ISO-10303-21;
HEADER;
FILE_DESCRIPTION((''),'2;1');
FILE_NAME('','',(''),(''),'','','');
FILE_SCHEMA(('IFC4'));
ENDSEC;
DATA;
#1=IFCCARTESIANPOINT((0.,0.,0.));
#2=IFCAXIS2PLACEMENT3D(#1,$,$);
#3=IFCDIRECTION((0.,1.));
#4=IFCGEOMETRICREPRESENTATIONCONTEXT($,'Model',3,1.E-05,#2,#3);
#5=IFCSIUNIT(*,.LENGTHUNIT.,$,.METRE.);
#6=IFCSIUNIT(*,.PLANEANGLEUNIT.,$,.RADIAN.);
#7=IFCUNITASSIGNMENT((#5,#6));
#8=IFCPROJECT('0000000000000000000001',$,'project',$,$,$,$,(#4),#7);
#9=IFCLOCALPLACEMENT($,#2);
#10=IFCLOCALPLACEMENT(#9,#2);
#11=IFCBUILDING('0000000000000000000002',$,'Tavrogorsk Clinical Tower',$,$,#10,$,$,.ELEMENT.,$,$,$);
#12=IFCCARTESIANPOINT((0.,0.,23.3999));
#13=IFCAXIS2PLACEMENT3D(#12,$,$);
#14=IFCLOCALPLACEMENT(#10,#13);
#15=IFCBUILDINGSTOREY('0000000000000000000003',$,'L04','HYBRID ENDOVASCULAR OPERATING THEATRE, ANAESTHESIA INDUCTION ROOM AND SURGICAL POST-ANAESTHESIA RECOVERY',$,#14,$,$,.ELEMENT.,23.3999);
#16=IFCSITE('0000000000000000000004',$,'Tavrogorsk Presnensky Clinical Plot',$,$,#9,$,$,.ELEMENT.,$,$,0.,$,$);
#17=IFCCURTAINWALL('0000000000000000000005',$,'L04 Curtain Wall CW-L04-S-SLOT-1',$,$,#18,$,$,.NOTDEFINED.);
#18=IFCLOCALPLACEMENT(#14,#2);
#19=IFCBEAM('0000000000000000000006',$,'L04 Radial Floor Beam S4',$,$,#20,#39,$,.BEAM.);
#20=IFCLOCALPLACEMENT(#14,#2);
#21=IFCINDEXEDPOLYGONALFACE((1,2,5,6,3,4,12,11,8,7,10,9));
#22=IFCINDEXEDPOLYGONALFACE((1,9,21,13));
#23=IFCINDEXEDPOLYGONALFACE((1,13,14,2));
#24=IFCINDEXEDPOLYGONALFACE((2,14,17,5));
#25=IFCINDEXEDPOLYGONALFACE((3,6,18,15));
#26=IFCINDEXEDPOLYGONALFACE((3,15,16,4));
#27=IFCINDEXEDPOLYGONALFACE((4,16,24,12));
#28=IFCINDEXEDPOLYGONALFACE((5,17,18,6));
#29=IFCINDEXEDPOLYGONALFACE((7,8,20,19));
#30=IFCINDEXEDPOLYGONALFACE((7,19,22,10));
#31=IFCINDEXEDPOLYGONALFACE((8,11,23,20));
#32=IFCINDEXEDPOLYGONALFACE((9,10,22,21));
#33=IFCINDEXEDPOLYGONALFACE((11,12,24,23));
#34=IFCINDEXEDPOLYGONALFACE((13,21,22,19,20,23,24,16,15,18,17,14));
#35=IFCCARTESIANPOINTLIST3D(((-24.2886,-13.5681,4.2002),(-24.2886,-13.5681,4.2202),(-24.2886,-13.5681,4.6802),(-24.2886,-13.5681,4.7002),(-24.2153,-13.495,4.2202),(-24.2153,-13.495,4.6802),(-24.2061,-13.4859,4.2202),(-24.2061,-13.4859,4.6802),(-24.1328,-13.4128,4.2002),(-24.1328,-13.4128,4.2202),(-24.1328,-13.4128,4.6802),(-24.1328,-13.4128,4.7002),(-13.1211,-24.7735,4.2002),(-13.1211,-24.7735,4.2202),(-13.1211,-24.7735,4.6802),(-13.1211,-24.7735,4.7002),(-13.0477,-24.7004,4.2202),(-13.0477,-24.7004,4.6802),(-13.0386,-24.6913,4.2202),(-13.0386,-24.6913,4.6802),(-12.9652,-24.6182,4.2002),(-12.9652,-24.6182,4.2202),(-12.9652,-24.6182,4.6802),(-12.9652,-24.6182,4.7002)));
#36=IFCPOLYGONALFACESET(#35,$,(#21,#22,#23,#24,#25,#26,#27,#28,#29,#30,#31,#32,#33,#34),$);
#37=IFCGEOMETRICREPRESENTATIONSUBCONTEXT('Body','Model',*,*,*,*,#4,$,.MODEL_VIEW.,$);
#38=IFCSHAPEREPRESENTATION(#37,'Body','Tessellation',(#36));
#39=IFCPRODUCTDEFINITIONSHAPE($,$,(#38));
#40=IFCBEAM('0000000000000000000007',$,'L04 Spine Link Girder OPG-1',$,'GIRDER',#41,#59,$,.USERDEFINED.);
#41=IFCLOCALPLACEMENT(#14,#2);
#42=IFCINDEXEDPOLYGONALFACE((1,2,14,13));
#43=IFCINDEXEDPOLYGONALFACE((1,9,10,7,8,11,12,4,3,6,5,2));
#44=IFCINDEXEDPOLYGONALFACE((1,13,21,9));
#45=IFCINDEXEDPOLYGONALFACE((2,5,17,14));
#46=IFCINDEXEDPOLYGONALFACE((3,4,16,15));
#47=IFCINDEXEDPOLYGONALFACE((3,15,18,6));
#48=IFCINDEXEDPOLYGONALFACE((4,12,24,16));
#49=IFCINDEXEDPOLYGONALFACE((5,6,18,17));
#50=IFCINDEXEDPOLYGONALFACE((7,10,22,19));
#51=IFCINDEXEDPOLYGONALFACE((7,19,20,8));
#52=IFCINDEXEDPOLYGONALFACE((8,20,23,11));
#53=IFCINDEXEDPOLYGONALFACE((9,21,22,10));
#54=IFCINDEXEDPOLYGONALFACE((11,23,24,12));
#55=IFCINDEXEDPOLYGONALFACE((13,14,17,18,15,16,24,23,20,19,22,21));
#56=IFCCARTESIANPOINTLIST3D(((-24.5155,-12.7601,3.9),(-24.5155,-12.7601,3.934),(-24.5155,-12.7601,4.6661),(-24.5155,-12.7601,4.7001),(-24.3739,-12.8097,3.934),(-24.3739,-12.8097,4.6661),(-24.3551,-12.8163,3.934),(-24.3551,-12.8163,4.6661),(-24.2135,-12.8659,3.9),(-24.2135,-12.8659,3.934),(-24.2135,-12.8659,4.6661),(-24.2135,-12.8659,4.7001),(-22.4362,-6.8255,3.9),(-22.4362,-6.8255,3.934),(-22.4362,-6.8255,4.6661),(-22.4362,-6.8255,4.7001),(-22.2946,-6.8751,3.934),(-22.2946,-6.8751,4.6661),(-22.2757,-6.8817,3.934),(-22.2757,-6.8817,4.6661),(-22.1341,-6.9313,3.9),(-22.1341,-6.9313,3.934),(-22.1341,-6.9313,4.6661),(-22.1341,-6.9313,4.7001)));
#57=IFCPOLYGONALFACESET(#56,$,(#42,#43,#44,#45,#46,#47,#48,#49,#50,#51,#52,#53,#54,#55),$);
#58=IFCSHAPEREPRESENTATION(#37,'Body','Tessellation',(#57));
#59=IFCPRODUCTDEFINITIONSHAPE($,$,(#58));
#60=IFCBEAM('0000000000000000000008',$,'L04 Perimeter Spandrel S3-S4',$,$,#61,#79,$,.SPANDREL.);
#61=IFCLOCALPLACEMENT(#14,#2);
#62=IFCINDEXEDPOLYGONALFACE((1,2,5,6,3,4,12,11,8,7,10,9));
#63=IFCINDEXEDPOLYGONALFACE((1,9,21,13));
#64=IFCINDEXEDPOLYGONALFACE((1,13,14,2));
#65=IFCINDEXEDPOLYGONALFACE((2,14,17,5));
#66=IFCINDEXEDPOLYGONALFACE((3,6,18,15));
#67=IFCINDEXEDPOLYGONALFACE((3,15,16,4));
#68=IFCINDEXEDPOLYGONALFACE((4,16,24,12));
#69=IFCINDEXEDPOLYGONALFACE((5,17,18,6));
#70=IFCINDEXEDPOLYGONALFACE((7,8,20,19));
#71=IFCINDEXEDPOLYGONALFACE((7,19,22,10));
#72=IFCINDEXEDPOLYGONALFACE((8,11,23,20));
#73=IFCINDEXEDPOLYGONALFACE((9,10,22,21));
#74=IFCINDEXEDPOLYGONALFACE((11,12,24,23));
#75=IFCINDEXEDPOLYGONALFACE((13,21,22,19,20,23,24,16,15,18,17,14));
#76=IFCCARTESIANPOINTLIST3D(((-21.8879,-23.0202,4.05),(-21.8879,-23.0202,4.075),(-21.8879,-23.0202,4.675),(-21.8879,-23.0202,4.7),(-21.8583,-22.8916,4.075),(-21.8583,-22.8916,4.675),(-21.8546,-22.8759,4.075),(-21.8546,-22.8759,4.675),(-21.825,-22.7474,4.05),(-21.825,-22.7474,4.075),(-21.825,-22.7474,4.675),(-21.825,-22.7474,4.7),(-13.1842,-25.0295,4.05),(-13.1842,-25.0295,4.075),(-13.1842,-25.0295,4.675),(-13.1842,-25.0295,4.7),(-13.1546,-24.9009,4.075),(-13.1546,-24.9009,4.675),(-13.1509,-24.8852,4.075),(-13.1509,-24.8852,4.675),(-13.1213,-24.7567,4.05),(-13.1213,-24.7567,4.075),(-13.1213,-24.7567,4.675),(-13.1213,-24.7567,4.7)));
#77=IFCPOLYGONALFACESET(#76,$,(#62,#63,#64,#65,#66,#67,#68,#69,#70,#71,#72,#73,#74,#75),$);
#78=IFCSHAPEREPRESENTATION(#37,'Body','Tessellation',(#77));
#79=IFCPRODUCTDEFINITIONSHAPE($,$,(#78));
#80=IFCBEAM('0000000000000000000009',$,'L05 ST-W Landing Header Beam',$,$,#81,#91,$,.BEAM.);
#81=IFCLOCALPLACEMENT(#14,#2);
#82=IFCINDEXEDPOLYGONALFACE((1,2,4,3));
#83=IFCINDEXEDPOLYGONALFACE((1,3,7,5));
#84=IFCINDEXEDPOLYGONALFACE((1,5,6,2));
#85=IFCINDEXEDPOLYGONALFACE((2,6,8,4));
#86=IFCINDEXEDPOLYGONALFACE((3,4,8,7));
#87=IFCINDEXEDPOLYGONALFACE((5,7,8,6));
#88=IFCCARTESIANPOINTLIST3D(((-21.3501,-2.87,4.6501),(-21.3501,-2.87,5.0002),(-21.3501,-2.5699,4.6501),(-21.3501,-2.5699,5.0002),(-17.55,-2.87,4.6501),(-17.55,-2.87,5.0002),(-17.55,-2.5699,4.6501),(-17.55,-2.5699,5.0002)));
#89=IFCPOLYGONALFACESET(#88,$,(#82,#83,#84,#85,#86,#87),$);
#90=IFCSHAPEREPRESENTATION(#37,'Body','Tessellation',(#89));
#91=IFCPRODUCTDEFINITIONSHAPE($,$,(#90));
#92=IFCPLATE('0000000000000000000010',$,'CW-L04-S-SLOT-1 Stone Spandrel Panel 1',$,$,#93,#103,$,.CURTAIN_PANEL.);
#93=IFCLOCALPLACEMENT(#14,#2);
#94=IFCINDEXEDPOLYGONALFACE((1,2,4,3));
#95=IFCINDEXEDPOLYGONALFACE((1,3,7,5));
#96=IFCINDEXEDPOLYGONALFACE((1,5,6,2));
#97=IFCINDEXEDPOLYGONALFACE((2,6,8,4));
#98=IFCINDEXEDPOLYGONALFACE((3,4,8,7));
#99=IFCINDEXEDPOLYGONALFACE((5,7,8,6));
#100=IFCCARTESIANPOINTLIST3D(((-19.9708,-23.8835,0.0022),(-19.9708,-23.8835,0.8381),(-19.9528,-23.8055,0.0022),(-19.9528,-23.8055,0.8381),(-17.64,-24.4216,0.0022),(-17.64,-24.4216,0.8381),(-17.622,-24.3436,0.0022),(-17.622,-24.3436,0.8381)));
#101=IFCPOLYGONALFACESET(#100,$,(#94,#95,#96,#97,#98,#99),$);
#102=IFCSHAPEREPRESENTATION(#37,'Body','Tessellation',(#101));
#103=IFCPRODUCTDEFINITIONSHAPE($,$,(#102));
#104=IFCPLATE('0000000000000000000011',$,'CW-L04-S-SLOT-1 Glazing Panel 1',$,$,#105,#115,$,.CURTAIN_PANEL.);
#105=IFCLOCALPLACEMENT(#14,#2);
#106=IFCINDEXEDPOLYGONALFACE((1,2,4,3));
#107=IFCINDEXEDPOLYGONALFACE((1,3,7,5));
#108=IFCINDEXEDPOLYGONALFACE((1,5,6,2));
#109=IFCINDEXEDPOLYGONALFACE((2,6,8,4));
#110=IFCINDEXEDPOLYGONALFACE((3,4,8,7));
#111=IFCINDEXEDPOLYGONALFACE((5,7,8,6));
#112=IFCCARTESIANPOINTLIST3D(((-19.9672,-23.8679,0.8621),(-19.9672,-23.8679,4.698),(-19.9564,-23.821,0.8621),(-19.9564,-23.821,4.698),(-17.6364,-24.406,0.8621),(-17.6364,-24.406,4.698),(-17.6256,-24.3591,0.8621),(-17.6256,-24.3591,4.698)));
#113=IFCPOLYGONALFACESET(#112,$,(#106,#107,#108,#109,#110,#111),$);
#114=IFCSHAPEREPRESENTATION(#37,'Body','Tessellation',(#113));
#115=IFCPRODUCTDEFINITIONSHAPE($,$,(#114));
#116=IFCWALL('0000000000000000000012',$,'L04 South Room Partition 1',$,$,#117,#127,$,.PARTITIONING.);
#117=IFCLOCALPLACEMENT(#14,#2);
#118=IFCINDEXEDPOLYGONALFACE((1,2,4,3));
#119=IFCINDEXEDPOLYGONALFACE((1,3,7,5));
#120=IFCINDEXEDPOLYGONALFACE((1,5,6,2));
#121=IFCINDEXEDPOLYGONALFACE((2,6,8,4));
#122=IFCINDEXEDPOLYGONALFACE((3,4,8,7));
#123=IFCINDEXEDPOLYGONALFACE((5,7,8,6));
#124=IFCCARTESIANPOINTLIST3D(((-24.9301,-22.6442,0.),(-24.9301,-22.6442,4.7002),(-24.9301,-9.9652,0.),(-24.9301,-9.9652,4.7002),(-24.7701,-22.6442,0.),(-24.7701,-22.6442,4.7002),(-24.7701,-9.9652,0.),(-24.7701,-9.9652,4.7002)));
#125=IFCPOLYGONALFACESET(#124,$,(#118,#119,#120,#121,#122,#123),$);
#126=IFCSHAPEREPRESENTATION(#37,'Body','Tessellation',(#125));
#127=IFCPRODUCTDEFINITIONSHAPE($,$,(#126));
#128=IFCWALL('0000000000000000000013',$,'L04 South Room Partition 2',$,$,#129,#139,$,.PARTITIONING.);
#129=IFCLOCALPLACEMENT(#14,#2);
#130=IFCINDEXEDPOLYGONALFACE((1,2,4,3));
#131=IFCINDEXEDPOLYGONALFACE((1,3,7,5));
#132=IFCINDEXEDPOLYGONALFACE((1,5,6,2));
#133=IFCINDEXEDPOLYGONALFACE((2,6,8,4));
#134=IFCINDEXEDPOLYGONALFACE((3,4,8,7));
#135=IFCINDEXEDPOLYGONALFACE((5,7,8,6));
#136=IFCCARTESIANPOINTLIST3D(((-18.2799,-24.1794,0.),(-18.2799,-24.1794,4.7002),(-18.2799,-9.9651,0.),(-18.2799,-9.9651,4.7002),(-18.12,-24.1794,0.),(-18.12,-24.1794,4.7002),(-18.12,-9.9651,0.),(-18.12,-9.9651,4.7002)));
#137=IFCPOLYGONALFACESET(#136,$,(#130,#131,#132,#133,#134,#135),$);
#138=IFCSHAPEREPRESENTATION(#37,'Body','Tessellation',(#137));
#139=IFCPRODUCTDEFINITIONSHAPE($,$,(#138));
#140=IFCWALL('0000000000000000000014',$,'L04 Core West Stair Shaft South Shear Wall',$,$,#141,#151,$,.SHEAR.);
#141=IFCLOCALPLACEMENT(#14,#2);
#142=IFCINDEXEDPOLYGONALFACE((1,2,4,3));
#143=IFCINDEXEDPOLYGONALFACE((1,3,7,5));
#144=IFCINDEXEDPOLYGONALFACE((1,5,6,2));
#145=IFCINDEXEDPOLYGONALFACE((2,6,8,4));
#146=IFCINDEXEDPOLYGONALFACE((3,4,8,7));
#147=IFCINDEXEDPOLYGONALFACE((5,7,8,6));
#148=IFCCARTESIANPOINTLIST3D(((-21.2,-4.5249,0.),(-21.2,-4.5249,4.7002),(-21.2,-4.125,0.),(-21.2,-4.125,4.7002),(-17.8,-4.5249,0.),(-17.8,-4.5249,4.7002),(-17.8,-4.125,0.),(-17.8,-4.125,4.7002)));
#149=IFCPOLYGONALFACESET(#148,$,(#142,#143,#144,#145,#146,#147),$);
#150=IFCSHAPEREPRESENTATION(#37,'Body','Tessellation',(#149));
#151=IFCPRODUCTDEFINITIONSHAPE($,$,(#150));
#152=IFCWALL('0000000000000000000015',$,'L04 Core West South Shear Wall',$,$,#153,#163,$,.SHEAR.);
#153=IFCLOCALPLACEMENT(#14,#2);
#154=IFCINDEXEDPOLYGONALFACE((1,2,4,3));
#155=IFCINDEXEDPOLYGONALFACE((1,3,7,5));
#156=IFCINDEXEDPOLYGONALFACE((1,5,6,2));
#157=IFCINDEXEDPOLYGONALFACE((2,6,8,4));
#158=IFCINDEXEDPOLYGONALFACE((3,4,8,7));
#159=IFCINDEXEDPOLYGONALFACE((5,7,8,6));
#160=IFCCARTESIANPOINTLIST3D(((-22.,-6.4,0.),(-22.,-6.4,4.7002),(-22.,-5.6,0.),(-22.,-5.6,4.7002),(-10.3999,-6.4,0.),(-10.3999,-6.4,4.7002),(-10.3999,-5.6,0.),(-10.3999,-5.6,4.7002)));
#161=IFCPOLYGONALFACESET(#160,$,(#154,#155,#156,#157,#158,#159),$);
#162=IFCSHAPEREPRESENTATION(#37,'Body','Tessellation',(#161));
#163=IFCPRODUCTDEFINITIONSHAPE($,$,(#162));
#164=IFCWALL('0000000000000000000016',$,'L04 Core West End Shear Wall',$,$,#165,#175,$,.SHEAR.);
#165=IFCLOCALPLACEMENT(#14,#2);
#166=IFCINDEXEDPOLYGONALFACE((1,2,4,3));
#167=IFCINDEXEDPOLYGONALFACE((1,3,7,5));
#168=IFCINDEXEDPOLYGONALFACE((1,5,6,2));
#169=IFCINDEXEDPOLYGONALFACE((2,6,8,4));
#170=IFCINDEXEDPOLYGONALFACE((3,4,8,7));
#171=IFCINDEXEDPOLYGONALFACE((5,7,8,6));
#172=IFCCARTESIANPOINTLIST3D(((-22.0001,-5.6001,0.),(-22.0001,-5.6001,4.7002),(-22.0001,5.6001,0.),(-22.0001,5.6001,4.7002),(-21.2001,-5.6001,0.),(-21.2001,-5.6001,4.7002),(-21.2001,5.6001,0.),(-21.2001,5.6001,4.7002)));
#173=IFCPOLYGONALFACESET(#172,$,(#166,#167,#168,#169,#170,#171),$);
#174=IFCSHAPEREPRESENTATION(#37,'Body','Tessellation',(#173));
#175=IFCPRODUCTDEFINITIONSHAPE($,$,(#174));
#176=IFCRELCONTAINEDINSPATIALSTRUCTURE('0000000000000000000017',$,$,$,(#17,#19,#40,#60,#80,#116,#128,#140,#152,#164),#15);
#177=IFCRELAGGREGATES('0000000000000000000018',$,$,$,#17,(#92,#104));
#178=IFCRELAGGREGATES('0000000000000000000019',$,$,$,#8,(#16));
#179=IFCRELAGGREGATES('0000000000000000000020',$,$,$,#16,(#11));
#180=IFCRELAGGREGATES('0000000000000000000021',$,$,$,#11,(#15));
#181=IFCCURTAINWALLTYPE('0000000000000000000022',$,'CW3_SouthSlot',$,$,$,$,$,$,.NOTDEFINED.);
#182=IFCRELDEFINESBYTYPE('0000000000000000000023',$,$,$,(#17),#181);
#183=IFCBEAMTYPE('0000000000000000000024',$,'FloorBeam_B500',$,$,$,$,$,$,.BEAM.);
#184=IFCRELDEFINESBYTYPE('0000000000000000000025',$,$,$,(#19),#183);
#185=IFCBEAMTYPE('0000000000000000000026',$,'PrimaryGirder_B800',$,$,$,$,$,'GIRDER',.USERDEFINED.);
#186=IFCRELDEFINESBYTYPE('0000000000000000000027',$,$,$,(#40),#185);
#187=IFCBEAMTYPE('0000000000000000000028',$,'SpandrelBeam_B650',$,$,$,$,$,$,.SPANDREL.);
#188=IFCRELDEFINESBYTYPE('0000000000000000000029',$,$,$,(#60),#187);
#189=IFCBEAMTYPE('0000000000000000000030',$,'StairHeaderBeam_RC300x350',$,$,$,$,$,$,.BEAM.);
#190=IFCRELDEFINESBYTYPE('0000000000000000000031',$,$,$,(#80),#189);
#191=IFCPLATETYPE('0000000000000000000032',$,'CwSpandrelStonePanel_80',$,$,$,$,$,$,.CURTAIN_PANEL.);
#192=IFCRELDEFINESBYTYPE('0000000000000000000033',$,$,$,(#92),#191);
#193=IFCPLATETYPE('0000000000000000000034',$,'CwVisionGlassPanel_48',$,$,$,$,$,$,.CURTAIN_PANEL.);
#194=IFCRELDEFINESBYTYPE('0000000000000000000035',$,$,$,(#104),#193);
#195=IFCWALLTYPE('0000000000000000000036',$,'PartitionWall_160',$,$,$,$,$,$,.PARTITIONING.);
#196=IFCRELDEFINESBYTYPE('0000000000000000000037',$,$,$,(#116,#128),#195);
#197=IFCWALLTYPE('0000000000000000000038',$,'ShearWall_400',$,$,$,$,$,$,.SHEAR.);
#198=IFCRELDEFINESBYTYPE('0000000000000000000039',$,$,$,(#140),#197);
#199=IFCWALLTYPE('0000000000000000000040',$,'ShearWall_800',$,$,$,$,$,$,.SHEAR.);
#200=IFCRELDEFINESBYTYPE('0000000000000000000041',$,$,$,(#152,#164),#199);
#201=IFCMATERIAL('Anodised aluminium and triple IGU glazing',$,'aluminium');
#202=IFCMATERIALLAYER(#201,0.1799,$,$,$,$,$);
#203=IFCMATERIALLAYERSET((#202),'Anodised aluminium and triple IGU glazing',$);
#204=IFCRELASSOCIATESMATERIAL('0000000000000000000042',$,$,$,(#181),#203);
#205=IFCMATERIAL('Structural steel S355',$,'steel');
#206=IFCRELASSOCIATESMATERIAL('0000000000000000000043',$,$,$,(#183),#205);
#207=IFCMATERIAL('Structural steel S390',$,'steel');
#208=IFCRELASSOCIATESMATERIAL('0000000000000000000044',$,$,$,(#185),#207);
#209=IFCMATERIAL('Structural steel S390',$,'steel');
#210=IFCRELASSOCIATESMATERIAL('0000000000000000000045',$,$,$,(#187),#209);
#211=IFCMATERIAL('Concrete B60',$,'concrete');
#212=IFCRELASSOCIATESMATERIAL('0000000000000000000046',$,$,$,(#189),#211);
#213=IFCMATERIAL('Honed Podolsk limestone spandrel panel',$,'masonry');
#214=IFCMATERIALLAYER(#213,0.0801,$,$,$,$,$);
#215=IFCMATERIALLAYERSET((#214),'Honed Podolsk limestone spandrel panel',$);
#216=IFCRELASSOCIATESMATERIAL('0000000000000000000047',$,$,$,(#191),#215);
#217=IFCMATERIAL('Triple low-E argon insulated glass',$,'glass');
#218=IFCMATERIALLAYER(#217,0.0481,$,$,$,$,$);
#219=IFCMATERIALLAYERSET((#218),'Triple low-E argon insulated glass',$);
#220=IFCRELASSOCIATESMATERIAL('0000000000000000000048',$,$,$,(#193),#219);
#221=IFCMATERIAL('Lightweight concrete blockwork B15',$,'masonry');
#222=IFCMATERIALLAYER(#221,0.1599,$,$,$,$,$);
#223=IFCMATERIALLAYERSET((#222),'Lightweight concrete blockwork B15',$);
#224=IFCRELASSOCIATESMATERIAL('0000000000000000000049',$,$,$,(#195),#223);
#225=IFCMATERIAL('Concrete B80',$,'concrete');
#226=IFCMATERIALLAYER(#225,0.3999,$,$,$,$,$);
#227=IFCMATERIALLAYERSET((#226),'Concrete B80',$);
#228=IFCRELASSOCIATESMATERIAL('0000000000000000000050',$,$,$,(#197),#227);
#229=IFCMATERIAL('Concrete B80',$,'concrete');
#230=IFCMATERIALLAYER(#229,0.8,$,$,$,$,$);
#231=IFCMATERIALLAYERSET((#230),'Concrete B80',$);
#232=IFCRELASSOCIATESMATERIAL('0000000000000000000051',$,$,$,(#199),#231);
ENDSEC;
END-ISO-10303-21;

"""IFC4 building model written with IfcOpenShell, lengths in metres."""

from ifc_helpers import new_model, si_unit, direction, frame, frame_2d, origin, origin_2d, place, context, subcontext, project, spatial, rectangle, i_section, extrude, material, layer, layer_set, material_profile, profile_set, type_object, element, aggregate, save


model = new_model("IFC4")

# Units and contexts
model_context = context("Model", 3, precision=1e-05, world=origin(), true_north=direction((0.0, 1.0)))
body_context = subcontext(model_context, "Body", "Model", "MODEL_VIEW")
ifc_project = project(units=[si_unit("LENGTHUNIT", "METRE"), si_unit("PLANEANGLEUNIT", "RADIAN")], contexts=[model_context])

# Site, building, storey
site_placement = place(None, origin())
site = spatial("IfcSite", under=ifc_project, at=site_placement, Name="Tavrogorsk Presnensky Clinical Plot", CompositionType="ELEMENT", RefElevation=0.0)
building_placement = place(site_placement, origin())
building = spatial("IfcBuilding", under=site, at=building_placement, Name="Tavrogorsk Clinical Tower", CompositionType="ELEMENT")
storey_placement = place(building_placement, frame((0.0, 0.0, 23.3999)))
storey = spatial("IfcBuildingStorey", under=building, at=storey_placement, Name="L04", Description="HYBRID ENDOVASCULAR OPERATING THEATRE, ANAESTHESIA INDUCTION ROOM AND SURGICAL POST-ANAESTHESIA RECOVERY", CompositionType="ELEMENT", Elevation=23.3999)

# Curtain wall
ifc_material_1 = material(Name="Anodised aluminium and triple IGU glazing", Category="aluminium")
ifc_layer_1 = layer(ifc_material_1, 0.1799)
ifc_layer_set_1 = layer_set([ifc_layer_1], Name="Anodised aluminium and triple IGU glazing")
curtain_wall_type = type_object("IfcCurtainWallType", Name="CW3_SouthSlot", PredefinedType="NOTDEFINED", material=ifc_layer_set_1)
curtain_wall_placement = place(storey_placement, origin())
curtain_wall = element("IfcCurtainWall", 1, at=curtain_wall_placement, inside=storey, type_object=curtain_wall_type, Name="L04 Curtain Wall CW-L04-S-SLOT-1", PredefinedType="NOTDEFINED")

# Beams
ifc_material_2 = material(Name="Structural steel S355", Category="steel")
ifc_material_profile_1 = material_profile(ifc_material_2, i_section(OverallWidth=0.22, OverallDepth=0.5, WebThickness=0.0129, FlangeThickness=0.02, at=origin_2d()), Name="B-500x220x13x20")
ifc_profile_set_1 = profile_set([ifc_material_profile_1], Name="Structural steel S355")
beam_type_1 = type_object("IfcBeamType", Name="FloorBeam_B500", PredefinedType="BEAM", material=ifc_profile_set_1)
beam_1_placement = place(storey_placement, frame((-24.2107, -13.4905, 4.4502), z_axis=(0.70591, -0.708302, 0.0), x_axis=(0.708302, 0.70591, 0.0)))
element("IfcBeam", 2, at=beam_1_placement, inside=storey, type_object=beam_type_1, Name="L04 Radial Floor Beam S4", PredefinedType="BEAM", context=body_context, shape_type="SweptSolid", body=[
    extrude(i_section(OverallWidth=0.22, OverallDepth=0.5, WebThickness=0.0129, FlangeThickness=0.02, at=origin_2d()), origin(), (0.0, 0.0, 1.0), 15.8201),
])
ifc_material_3 = material(Name="Structural steel S390", Category="steel")
ifc_material_profile_2 = material_profile(ifc_material_3, i_section(OverallWidth=0.3201, OverallDepth=0.8, WebThickness=0.02, FlangeThickness=0.0339, at=origin_2d()), Name="B-800x320x20x34")
ifc_profile_set_2 = profile_set([ifc_material_profile_2], Name="Structural steel S390")
beam_type_2 = type_object("IfcBeamType", Name="PrimaryGirder_B800", ElementType="GIRDER", PredefinedType="USERDEFINED", material=ifc_profile_set_2)
beam_2_placement = place(storey_placement, frame((-24.3645, -12.813, 4.3), z_axis=(0.330669, 0.943747, 0.0), x_axis=(-0.943747, 0.330669, 0.0)))
element("IfcBeam", 3, at=beam_2_placement, inside=storey, type_object=beam_type_2, Name="L04 Spine Link Girder OPG-1", ObjectType="GIRDER", PredefinedType="USERDEFINED", context=body_context, shape_type="SweptSolid", body=[
    extrude(i_section(OverallWidth=0.3201, OverallDepth=0.8, WebThickness=0.02, FlangeThickness=0.0339, at=origin_2d()), origin(), (0.0, 0.0, 1.0), 6.2883),
])
ifc_material_4 = material(Name="Structural steel S390", Category="steel")
ifc_material_profile_3 = material_profile(ifc_material_4, i_section(OverallWidth=0.28, OverallDepth=0.6499, WebThickness=0.0161, FlangeThickness=0.0249, at=origin_2d()), Name="B-650x280x16x25")
ifc_profile_set_3 = profile_set([ifc_material_profile_3], Name="Structural steel S390")
beam_type_3 = type_object("IfcBeamType", Name="SpandrelBeam_B650", PredefinedType="SPANDREL", material=ifc_profile_set_3)
beam_3_placement = place(storey_placement, frame((-21.8564, -22.8838, 4.375), z_axis=(0.974373, -0.224939, 0.0), x_axis=(0.224939, 0.974373, 0.0)))
element("IfcBeam", 4, at=beam_3_placement, inside=storey, type_object=beam_type_3, Name="L04 Perimeter Spandrel S3-S4", PredefinedType="SPANDREL", context=body_context, shape_type="SweptSolid", body=[
    extrude(i_section(OverallWidth=0.28, OverallDepth=0.6499, WebThickness=0.0161, FlangeThickness=0.0249, at=origin_2d()), origin(), (0.0, 0.0, 1.0), 8.9326),
])
ifc_material_5 = material(Name="Concrete B60", Category="concrete")
ifc_material_profile_4 = material_profile(ifc_material_5, rectangle(XDim=0.3, YDim=0.3501, at=origin_2d()), Name="RC-SHB-300x350")
ifc_profile_set_4 = profile_set([ifc_material_profile_4], Name="Concrete B60")
beam_type_4 = type_object("IfcBeamType", Name="StairHeaderBeam_RC300x350", PredefinedType="BEAM", material=ifc_profile_set_4)
beam_4_placement = place(storey_placement, frame((-21.3501, -2.72, 4.8252), z_axis=(1.0, 0.0, 0.0), x_axis=(0.0, 1.0, 0.0)))
element("IfcBeam", 5, at=beam_4_placement, inside=storey, type_object=beam_type_4, Name="L05 ST-W Landing Header Beam", PredefinedType="BEAM", context=body_context, shape_type="SweptSolid", body=[
    extrude(rectangle(XDim=0.3, YDim=0.3501, at=origin_2d()), origin(), (0.0, 0.0, 1.0), 3.8),
])

# Plates
ifc_material_6 = material(Name="Honed Podolsk limestone spandrel panel", Category="masonry")
ifc_layer_2 = layer(ifc_material_6, 0.0801)
ifc_layer_set_2 = layer_set([ifc_layer_2], Name="Honed Podolsk limestone spandrel panel")
plate_type_1 = type_object("IfcPlateType", Name="CwSpandrelStonePanel_80", PredefinedType="CURTAIN_PANEL", material=ifc_layer_set_2)
plate_1_placement = place(storey_placement, frame((-18.7964, -24.1135, 0.0022), z_axis=(0.0, 0.0, 1.0), x_axis=(0.97437, -0.224951, 0.0)))
plate_1 = element("IfcPlate", 6, at=plate_1_placement, type_object=plate_type_1, Name="CW-L04-S-SLOT-1 Stone Spandrel Panel 1", PredefinedType="CURTAIN_PANEL", context=body_context, shape_type="SweptSolid", body=[
    extrude(rectangle(XDim=2.3921, YDim=0.0801, at=origin_2d()), origin(), (0.0, 0.0, 1.0), 0.8359),
])
ifc_material_7 = material(Name="Triple low-E argon insulated glass", Category="glass")
ifc_layer_3 = layer(ifc_material_7, 0.0481)
ifc_layer_set_3 = layer_set([ifc_layer_3], Name="Triple low-E argon insulated glass")
plate_type_2 = type_object("IfcPlateType", Name="CwVisionGlassPanel_48", PredefinedType="CURTAIN_PANEL", material=ifc_layer_set_3)
plate_2_placement = place(storey_placement, frame((-18.7964, -24.1135, 0.8621), z_axis=(0.0, 0.0, 1.0), x_axis=(0.97437, -0.224951, 0.0)))
plate_2 = element("IfcPlate", 7, at=plate_2_placement, type_object=plate_type_2, Name="CW-L04-S-SLOT-1 Glazing Panel 1", PredefinedType="CURTAIN_PANEL", context=body_context, shape_type="SweptSolid", body=[
    extrude(rectangle(XDim=2.3921, YDim=0.0481, at=origin_2d()), origin(), (0.0, 0.0, 1.0), 3.8359),
])
aggregate(curtain_wall, [plate_1, plate_2])

# Walls
ifc_material_8 = material(Name="Lightweight concrete blockwork B15", Category="masonry")
ifc_layer_4 = layer(ifc_material_8, 0.1599)
ifc_layer_set_4 = layer_set([ifc_layer_4], Name="Lightweight concrete blockwork B15")
wall_type_1 = type_object("IfcWallType", Name="PartitionWall_160", PredefinedType="PARTITIONING", material=ifc_layer_set_4)
wall_1_placement = place(storey_placement, frame((-24.8501, -22.644, 0.0), z_axis=(0.0, 0.0, 1.0), x_axis=(0.0, 1.0, 0.0)))
element("IfcWall", 8, at=wall_1_placement, inside=storey, type_object=wall_type_1, Name="L04 South Room Partition 1", PredefinedType="PARTITIONING", context=body_context, shape_type="SweptSolid", body=[
    extrude(rectangle(XDim=12.679, YDim=0.1599, at=frame_2d((6.3394, 0.0))), origin(), (0.0, 0.0, 1.0), 4.7002),
])
wall_2_placement = place(storey_placement, frame((-18.2, -24.1794, 0.0), z_axis=(0.0, 0.0, 1.0), x_axis=(0.0, 1.0, 0.0)))
element("IfcWall", 9, at=wall_2_placement, inside=storey, type_object=wall_type_1, Name="L04 South Room Partition 2", PredefinedType="PARTITIONING", context=body_context, shape_type="SweptSolid", body=[
    extrude(rectangle(XDim=14.2144, YDim=0.1599, at=frame_2d((7.1072, 0.0))), origin(), (0.0, 0.0, 1.0), 4.7002),
])
ifc_material_9 = material(Name="Concrete B80", Category="concrete")
ifc_layer_5 = layer(ifc_material_9, 0.3999)
ifc_layer_set_5 = layer_set([ifc_layer_5], Name="Concrete B80")
wall_type_2 = type_object("IfcWallType", Name="ShearWall_400", PredefinedType="SHEAR", material=ifc_layer_set_5)
wall_3_placement = place(storey_placement, frame((-21.2, -4.325, 0.0), z_axis=(0.0, 0.0, 1.0), x_axis=(1.0, 0.0, 0.0)))
element("IfcWall", 10, at=wall_3_placement, inside=storey, type_object=wall_type_2, Name="L04 Core West Stair Shaft South Shear Wall", PredefinedType="SHEAR", context=body_context, shape_type="SweptSolid", body=[
    extrude(rectangle(XDim=3.3999, YDim=0.3999, at=frame_2d((1.7, 0.0))), origin(), (0.0, 0.0, 1.0), 4.7002),
])
ifc_material_10 = material(Name="Concrete B80", Category="concrete")
ifc_layer_6 = layer(ifc_material_10, 0.8)
ifc_layer_set_6 = layer_set([ifc_layer_6], Name="Concrete B80")
wall_type_3 = type_object("IfcWallType", Name="ShearWall_800", PredefinedType="SHEAR", material=ifc_layer_set_6)
wall_4_placement = place(storey_placement, frame((-22.0, -6.0, 0.0), z_axis=(0.0, 0.0, 1.0), x_axis=(1.0, 0.0, 0.0)))
element("IfcWall", 11, at=wall_4_placement, inside=storey, type_object=wall_type_3, Name="L04 Core West South Shear Wall", PredefinedType="SHEAR", context=body_context, shape_type="SweptSolid", body=[
    extrude(rectangle(XDim=11.6001, YDim=0.8, at=frame_2d((5.8, 0.0))), origin(), (0.0, 0.0, 1.0), 4.7002),
])
wall_5_placement = place(storey_placement, frame((-21.6001, -5.6001, 0.0), z_axis=(0.0, 0.0, 1.0), x_axis=(0.0, 1.0, 0.0)))
element("IfcWall", 12, at=wall_5_placement, inside=storey, type_object=wall_type_3, Name="L04 Core West End Shear Wall", PredefinedType="SHEAR", context=body_context, shape_type="SweptSolid", body=[
    extrude(rectangle(XDim=11.2002, YDim=0.8, at=frame_2d((5.6001, 0.0))), origin(), (0.0, 0.0, 1.0), 4.7002),
])

save(model, "model.ifc")
